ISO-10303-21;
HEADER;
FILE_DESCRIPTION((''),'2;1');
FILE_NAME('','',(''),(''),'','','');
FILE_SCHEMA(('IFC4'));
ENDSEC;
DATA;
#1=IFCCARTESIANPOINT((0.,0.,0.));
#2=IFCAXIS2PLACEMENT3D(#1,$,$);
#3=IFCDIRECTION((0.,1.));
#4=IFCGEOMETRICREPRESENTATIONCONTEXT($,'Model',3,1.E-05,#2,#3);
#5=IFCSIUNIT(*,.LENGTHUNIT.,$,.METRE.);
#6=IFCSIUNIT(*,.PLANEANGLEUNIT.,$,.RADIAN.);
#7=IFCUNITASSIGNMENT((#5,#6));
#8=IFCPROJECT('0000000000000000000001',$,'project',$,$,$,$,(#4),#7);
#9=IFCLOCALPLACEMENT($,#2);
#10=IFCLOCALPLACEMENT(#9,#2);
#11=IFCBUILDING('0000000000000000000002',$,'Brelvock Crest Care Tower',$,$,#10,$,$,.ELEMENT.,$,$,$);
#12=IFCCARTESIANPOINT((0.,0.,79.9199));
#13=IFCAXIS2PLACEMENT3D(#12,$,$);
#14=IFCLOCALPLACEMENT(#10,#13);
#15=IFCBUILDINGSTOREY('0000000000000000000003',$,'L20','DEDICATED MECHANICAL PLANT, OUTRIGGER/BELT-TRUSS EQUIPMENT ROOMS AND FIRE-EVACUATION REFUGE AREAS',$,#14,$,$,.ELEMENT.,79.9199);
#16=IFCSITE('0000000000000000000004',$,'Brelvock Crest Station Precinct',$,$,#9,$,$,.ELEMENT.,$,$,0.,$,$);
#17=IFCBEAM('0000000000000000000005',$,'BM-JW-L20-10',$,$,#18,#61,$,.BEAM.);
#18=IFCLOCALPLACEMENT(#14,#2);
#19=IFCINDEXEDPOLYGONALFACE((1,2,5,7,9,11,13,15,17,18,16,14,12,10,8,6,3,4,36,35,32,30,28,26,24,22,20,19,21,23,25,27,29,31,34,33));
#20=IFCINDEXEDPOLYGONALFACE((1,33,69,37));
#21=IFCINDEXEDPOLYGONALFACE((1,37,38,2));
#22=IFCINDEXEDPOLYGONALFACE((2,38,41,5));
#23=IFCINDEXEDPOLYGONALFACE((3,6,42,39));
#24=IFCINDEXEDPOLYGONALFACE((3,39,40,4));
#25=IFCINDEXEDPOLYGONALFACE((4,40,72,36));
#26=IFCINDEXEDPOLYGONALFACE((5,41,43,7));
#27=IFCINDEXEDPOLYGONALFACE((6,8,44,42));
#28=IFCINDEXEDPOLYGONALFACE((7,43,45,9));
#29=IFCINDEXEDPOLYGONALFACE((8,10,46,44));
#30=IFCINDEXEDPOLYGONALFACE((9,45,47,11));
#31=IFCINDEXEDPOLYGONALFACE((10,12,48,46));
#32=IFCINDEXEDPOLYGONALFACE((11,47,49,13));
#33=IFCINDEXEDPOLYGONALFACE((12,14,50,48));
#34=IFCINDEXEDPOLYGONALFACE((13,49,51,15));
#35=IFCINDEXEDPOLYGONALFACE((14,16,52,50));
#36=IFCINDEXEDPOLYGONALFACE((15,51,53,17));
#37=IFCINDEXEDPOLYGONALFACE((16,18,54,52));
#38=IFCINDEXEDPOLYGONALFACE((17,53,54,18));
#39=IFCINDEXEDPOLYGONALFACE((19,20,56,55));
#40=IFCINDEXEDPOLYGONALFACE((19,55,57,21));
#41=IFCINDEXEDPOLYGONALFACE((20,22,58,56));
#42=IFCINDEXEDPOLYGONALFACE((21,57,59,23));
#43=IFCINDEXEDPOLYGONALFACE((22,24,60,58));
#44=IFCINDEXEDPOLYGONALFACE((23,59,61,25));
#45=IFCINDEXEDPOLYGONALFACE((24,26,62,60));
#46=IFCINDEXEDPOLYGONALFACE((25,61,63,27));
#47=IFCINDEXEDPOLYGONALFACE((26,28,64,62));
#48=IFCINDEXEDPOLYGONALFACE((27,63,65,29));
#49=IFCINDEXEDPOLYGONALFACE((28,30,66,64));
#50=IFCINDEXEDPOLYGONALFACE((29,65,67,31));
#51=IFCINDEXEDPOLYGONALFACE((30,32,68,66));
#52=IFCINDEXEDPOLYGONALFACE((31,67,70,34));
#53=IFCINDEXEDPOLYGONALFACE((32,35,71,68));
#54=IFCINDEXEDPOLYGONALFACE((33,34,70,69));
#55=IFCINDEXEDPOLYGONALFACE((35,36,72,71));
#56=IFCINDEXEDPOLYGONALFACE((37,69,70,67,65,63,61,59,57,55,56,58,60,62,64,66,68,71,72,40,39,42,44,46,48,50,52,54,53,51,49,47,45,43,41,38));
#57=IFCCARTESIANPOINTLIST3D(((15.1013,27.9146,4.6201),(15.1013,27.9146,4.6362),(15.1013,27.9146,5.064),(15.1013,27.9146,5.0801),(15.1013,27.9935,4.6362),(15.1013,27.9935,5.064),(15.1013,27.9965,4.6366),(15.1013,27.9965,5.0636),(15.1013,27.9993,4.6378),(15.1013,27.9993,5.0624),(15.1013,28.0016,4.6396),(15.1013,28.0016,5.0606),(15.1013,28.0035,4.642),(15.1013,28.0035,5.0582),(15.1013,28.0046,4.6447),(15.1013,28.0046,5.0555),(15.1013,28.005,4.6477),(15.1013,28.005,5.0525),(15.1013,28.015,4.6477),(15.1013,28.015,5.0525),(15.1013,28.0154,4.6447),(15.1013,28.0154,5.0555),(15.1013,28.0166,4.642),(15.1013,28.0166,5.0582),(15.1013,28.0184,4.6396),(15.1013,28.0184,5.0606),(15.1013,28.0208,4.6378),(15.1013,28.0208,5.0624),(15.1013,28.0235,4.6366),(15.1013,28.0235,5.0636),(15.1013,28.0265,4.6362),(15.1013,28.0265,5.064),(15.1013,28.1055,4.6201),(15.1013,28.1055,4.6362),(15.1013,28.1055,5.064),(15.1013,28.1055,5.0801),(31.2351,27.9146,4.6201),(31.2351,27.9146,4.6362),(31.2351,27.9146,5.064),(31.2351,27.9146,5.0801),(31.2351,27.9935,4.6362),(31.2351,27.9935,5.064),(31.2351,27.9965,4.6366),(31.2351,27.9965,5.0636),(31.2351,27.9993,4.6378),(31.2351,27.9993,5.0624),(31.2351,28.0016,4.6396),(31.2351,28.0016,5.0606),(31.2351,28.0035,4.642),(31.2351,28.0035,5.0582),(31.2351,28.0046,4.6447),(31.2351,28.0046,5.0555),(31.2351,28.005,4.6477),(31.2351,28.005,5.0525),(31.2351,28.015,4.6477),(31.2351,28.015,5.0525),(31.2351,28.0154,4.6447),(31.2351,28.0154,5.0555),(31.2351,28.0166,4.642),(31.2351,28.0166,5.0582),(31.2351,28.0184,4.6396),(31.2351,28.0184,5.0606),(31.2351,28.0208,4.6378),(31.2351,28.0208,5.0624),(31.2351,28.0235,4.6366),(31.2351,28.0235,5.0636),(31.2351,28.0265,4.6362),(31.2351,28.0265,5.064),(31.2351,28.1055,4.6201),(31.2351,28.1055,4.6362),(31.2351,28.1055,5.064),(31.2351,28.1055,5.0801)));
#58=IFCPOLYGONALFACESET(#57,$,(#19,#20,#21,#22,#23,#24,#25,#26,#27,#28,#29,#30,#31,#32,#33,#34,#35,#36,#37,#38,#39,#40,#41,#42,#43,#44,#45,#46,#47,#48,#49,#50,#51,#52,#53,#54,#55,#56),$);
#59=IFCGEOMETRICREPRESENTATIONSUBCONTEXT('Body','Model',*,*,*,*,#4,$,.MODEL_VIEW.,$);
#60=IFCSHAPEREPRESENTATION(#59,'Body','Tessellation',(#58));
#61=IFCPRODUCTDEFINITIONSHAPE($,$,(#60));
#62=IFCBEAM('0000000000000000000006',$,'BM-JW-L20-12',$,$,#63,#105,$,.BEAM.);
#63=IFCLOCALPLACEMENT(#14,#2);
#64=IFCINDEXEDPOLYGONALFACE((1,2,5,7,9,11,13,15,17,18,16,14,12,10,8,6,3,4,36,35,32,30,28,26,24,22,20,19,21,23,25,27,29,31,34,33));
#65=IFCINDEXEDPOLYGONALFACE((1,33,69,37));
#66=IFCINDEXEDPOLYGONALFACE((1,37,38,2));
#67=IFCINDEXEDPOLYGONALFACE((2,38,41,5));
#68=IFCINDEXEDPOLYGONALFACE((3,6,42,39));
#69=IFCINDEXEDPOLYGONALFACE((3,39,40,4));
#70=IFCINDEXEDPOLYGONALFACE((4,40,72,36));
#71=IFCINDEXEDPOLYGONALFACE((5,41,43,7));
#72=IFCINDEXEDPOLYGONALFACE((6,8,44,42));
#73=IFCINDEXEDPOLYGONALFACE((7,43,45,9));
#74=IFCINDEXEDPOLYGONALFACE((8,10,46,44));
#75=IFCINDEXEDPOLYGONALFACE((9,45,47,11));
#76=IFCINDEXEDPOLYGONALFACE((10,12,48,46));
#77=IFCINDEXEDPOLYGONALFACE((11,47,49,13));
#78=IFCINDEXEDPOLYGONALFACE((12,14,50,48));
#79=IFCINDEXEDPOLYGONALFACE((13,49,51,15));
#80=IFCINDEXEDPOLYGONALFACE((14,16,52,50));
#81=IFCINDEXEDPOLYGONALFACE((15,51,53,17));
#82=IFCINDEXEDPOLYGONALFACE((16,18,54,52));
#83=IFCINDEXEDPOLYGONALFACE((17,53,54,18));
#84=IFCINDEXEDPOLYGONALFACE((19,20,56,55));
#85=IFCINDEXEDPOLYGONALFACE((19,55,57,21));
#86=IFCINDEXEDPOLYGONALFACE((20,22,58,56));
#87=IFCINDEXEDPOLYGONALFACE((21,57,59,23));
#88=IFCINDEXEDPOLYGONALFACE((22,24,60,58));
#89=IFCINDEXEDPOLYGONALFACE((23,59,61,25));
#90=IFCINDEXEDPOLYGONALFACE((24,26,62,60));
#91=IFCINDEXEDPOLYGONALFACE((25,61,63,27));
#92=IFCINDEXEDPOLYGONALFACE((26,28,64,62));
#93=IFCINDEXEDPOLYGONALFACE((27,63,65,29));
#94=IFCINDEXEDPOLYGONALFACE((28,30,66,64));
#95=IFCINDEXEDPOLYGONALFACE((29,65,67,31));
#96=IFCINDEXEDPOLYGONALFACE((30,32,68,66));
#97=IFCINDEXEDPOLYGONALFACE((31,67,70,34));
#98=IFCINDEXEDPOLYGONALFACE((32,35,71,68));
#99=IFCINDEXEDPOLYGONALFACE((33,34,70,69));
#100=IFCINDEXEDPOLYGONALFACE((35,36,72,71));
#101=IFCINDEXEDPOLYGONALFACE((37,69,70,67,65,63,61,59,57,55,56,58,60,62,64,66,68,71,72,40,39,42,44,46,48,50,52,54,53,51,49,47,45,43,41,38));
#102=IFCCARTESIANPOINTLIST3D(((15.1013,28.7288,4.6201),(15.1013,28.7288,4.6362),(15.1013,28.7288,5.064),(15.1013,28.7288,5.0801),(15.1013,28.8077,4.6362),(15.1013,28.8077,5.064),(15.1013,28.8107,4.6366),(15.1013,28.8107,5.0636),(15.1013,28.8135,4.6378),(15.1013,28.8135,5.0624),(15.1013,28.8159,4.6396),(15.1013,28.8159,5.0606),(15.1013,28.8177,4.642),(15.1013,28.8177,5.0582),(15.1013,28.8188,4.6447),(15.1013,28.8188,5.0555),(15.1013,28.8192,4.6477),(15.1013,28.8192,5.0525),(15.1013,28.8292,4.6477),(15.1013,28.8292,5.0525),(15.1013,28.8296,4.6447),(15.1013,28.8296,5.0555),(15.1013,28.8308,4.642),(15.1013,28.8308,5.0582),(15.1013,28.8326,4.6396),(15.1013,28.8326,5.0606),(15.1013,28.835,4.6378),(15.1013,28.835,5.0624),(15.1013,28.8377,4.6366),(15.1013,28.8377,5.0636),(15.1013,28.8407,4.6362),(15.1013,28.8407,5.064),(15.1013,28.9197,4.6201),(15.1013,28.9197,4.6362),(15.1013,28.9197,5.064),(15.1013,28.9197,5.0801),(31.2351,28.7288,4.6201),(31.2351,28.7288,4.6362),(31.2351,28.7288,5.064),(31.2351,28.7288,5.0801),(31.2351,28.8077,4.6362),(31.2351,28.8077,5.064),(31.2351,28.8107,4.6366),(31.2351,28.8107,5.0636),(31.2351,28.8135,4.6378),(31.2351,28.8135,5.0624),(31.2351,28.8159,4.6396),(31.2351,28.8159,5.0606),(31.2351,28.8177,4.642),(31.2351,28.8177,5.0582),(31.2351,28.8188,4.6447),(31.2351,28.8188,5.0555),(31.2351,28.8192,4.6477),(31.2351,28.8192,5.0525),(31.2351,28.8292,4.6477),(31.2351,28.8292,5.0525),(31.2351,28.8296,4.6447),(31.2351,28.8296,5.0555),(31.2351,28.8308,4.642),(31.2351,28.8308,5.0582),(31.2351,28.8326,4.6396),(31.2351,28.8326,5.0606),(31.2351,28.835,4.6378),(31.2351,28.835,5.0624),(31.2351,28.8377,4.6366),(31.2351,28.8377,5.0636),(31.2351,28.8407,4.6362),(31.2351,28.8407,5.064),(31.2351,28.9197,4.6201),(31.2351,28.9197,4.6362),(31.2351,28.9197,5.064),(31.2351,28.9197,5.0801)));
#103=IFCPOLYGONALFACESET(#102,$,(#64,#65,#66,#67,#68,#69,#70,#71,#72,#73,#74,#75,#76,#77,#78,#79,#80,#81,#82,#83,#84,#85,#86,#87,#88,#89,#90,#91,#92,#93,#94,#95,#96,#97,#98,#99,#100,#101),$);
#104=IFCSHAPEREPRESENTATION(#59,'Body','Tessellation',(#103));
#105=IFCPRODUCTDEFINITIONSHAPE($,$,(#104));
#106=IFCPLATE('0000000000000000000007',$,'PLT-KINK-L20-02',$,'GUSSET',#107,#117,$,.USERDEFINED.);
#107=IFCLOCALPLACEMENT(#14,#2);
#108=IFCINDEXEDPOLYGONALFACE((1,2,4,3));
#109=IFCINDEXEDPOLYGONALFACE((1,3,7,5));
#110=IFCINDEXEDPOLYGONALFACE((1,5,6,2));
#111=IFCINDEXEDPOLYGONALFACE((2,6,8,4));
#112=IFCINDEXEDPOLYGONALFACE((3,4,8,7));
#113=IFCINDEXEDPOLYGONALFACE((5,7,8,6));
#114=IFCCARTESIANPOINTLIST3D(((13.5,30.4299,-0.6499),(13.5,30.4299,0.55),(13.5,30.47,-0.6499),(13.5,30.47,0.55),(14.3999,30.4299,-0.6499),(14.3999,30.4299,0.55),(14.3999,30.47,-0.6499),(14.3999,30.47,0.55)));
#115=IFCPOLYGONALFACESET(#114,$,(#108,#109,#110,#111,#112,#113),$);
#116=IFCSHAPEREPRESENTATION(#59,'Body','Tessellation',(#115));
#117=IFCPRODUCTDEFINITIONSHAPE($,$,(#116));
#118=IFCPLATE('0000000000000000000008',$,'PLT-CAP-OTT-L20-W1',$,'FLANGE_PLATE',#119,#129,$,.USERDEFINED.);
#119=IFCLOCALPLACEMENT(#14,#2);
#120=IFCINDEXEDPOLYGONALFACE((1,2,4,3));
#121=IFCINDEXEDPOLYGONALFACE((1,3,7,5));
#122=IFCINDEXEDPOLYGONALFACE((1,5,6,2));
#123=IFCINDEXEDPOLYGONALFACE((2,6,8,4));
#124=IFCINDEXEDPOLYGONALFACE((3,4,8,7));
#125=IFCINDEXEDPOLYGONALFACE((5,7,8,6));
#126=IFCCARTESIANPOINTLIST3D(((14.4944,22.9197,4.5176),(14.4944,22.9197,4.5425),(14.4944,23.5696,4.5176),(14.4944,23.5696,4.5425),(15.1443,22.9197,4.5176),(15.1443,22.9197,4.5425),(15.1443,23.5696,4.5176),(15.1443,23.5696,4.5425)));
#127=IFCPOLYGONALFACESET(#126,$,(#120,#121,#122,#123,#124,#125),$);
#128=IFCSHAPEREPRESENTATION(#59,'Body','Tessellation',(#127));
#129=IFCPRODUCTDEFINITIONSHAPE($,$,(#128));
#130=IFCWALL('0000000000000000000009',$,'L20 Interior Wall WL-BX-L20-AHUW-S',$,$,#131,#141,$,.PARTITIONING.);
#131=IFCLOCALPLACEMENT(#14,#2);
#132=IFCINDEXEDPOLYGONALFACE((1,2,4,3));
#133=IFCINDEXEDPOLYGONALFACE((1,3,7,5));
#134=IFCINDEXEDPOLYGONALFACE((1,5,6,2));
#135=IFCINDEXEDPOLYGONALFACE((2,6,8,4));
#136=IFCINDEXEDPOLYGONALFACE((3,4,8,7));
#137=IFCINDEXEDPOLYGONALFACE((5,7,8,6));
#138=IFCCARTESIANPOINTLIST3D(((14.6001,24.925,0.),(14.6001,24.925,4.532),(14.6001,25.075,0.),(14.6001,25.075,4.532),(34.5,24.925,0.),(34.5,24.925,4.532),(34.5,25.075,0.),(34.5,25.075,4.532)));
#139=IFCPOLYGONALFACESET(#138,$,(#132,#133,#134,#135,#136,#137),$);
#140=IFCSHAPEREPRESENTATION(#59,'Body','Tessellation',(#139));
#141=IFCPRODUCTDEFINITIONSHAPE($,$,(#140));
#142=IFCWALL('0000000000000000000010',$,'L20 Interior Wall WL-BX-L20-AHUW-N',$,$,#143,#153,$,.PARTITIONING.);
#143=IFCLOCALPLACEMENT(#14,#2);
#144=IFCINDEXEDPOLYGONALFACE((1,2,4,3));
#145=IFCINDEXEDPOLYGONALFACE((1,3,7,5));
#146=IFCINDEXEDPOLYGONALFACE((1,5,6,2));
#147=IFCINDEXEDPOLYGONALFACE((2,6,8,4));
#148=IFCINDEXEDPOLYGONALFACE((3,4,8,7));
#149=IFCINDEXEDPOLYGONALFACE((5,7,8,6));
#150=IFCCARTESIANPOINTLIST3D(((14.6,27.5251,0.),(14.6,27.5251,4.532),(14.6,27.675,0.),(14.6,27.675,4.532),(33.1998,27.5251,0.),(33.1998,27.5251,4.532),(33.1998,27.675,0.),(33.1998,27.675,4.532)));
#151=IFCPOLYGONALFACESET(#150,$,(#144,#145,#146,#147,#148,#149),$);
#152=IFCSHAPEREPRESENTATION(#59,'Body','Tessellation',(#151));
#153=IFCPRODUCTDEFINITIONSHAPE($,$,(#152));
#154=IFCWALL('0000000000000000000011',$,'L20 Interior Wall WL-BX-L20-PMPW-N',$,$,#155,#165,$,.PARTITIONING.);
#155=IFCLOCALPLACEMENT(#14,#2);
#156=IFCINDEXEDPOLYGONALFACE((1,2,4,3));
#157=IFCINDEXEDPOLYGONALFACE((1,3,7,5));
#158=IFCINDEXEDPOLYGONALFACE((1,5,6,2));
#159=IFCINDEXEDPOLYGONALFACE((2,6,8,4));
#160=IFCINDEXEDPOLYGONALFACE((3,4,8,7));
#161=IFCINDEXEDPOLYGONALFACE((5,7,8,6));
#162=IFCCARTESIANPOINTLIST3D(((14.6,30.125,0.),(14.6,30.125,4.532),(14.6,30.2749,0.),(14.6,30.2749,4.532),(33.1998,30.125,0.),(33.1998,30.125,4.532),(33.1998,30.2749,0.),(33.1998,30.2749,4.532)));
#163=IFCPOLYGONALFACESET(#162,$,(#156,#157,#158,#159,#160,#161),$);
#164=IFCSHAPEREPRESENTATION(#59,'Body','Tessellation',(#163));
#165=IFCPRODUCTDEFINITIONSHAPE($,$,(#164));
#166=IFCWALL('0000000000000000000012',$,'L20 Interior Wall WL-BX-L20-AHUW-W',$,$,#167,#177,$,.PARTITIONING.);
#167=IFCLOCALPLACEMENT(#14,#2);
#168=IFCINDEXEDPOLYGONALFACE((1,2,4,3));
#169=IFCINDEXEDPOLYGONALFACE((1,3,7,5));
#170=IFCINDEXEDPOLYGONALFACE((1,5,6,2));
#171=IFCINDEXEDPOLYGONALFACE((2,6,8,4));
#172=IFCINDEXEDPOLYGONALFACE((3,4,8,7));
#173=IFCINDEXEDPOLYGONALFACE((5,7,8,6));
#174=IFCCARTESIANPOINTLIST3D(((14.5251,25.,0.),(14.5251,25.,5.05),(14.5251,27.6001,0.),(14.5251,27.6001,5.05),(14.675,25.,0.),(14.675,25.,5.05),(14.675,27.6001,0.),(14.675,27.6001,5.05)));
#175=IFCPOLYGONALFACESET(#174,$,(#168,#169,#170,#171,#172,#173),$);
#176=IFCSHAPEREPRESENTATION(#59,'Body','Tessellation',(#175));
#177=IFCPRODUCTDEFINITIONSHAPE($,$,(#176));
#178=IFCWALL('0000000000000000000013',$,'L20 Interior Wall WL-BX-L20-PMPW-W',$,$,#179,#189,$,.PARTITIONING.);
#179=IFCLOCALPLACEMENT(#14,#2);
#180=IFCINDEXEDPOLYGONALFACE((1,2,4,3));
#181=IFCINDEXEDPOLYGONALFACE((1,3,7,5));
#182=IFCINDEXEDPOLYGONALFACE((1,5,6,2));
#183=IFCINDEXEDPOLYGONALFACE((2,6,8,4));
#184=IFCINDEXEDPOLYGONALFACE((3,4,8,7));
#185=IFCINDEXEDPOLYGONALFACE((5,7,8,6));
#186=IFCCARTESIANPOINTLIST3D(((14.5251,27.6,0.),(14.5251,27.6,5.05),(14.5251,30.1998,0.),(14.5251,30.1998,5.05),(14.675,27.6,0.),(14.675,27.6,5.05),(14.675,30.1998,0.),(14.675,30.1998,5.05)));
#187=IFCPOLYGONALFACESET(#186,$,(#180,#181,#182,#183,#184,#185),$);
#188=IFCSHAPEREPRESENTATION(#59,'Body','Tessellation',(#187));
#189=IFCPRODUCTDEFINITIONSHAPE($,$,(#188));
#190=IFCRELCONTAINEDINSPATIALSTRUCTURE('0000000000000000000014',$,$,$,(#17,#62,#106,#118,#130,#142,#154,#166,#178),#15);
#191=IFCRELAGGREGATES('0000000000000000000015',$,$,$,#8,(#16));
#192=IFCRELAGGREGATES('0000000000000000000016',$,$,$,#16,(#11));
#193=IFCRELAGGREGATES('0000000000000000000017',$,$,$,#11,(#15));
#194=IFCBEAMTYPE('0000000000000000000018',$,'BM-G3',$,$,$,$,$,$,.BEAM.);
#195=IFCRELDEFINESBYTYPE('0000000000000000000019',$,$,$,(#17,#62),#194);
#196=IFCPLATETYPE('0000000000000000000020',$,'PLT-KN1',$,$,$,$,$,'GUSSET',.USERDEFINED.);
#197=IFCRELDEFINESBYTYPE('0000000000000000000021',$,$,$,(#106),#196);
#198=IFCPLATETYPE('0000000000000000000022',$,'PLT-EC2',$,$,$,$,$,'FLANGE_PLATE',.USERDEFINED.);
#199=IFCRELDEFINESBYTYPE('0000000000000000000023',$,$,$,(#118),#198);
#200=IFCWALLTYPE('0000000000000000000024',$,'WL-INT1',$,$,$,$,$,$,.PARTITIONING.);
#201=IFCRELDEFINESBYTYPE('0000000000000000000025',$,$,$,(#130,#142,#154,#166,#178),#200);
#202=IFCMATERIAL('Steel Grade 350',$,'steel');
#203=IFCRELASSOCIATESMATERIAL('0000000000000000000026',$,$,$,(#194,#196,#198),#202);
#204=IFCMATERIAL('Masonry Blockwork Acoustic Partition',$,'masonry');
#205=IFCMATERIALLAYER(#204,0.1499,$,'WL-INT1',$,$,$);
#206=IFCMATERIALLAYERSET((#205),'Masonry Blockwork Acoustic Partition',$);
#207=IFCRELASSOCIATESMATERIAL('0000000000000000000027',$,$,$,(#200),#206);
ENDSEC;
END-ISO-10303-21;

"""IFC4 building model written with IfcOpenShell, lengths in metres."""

from ifc_helpers import new_model, si_unit, direction, frame, frame_2d, origin, origin_2d, place, context, subcontext, project, spatial, rectangle, i_section, extrude, source, transform, mapped, material, layer, layer_set, material_profile, profile_set, type_object, element, save


model = new_model("IFC4")

# Units and contexts
model_context = context("Model", 3, precision=1e-05, world=origin(), true_north=direction((0.0, 1.0)))
body_context = subcontext(model_context, "Body", "Model", "MODEL_VIEW")
ifc_project = project(units=[si_unit("LENGTHUNIT", "METRE"), si_unit("PLANEANGLEUNIT", "RADIAN")], contexts=[model_context])

# Site, building, storey
site_placement = place(None, origin())
site = spatial("IfcSite", under=ifc_project, at=site_placement, Name="Brelvock Crest Station Precinct", CompositionType="ELEMENT", RefElevation=0.0)
building_placement = place(site_placement, origin())
building = spatial("IfcBuilding", under=site, at=building_placement, Name="Brelvock Crest Care Tower", CompositionType="ELEMENT")
storey_placement = place(building_placement, frame((0.0, 0.0, 79.9199)))
storey = spatial("IfcBuildingStorey", under=building, at=storey_placement, Name="L20", Description="DEDICATED MECHANICAL PLANT, OUTRIGGER/BELT-TRUSS EQUIPMENT ROOMS AND FIRE-EVACUATION REFUGE AREAS", CompositionType="ELEMENT", Elevation=79.9199)

# Shared definitions
ifc_material_1 = material(Name="Steel Grade 350", Category="steel")

# Beams
ifc_material_profile_1 = material_profile(ifc_material_1, i_section(OverallWidth=0.1909, OverallDepth=0.46, WebThickness=0.01, FlangeThickness=0.0161, FilletRadius=0.0115, at=origin_2d()), Name="460UB82.1")
ifc_profile_set_1 = profile_set([ifc_material_profile_1], Name="Steel Grade 350")
beam_type_1 = type_object("IfcBeamType", Name="BM-G3", PredefinedType="BEAM", material=ifc_profile_set_1)
shared_shape_1 = source(origin(), body_context, "Body", "SweptSolid", [
    extrude(i_section(OverallWidth=0.1909, OverallDepth=0.46, WebThickness=0.01, FlangeThickness=0.0161, FilletRadius=0.0115, at=origin_2d()), origin(), (0.0, 0.0, 1.0), 16.1338),
])
for number, where, z_axis, x_axis, name in (
    (1, (15.1013, 28.01, 4.8501), (1.0, 0.0, 0.0), (0.0, 1.0, 0.0), "BM-JW-L20-10"),
    (2, (15.1013, 28.8242, 4.8501), (1.0, 0.0, 0.0), (0.0, 1.0, 0.0), "BM-JW-L20-12"),
):
    element("IfcBeam", number, at=place(storey_placement, frame(where, z_axis=z_axis, x_axis=x_axis)), inside=storey, type_object=beam_type_1, Name=name, PredefinedType="BEAM", context=body_context, shape_type="MappedRepresentation", body=[
        mapped(shared_shape_1, transform((0.0, 0.0, 0.0), x_axis=(1.0, 0.0, 0.0), y_axis=(0.0, 1.0, 0.0), z_axis=(0.0, 0.0, 1.0), scale=1.0)),
    ])

# Plates
plate_type_1 = type_object("IfcPlateType", Name="PLT-KN1", ElementType="GUSSET", PredefinedType="USERDEFINED", material=ifc_material_1)
shared_shape_2 = source(origin(), body_context, "Body", "SweptSolid", [
    extrude(rectangle(XDim=0.8999, YDim=0.04, at=origin_2d()), origin(), (0.0, 0.0, 1.0), 1.2),
])
plate_1_placement = place(storey_placement, frame((13.95, 30.45, -0.6499), z_axis=(0.0, 0.0, 1.0), x_axis=(1.0, 0.0, 0.0)))
element("IfcPlate", 3, at=plate_1_placement, inside=storey, type_object=plate_type_1, Name="PLT-KINK-L20-02", ObjectType="GUSSET", PredefinedType="USERDEFINED", context=body_context, shape_type="MappedRepresentation", body=[
    mapped(shared_shape_2, transform((0.0, 0.0, 0.0), x_axis=(1.0, 0.0, 0.0), y_axis=(0.0, 1.0, 0.0), z_axis=(0.0, 0.0, 1.0), scale=1.0)),
])
plate_type_2 = type_object("IfcPlateType", Name="PLT-EC2", ElementType="FLANGE_PLATE", PredefinedType="USERDEFINED", material=ifc_material_1)
shared_shape_3 = source(origin(), body_context, "Body", "SweptSolid", [
    extrude(rectangle(XDim=0.6499, YDim=0.6499, at=origin_2d()), origin(), (0.0, 0.0, 1.0), 0.0249),
])
plate_2_placement = place(storey_placement, frame((14.8193, 23.2446, 4.5176), z_axis=(0.0, 0.0, 1.0), x_axis=(1.0, 0.0, 0.0)))
element("IfcPlate", 4, at=plate_2_placement, inside=storey, type_object=plate_type_2, Name="PLT-CAP-OTT-L20-W1", ObjectType="FLANGE_PLATE", PredefinedType="USERDEFINED", context=body_context, shape_type="MappedRepresentation", body=[
    mapped(shared_shape_3, transform((0.0, 0.0, 0.0), x_axis=(1.0, 0.0, 0.0), y_axis=(0.0, 1.0, 0.0), z_axis=(0.0, 0.0, 1.0), scale=1.0)),
])

# Walls
ifc_material_2 = material(Name="Masonry Blockwork Acoustic Partition", Category="masonry")
ifc_layer = layer(ifc_material_2, 0.1499, Name="WL-INT1")
ifc_layer_set = layer_set([ifc_layer], Name="Masonry Blockwork Acoustic Partition")
wall_type = type_object("IfcWallType", Name="WL-INT1", PredefinedType="PARTITIONING", material=ifc_layer_set)
wall_1_placement = place(storey_placement, frame((14.6001, 25.0, 0.0), z_axis=(0.0, 0.0, 1.0), x_axis=(1.0, 0.0, 0.0)))
element("IfcWall", 5, at=wall_1_placement, inside=storey, type_object=wall_type, Name="L20 Interior Wall WL-BX-L20-AHUW-S", PredefinedType="PARTITIONING", context=body_context, shape_type="SweptSolid", body=[
    extrude(rectangle(XDim=19.8999, YDim=0.1499, at=frame_2d((9.95, 0.0))), origin(), (0.0, 0.0, 1.0), 4.532),
])
for number, where, z_axis, x_axis, name in (
    (6, (14.6001, 27.6001, 0.0), (0.0, 0.0, 1.0), (1.0, 0.0, 0.0), "L20 Interior Wall WL-BX-L20-AHUW-N"),
    (7, (14.6001, 30.2, 0.0), (0.0, 0.0, 1.0), (1.0, 0.0, 0.0), "L20 Interior Wall WL-BX-L20-PMPW-N"),
):
    element("IfcWall", number, at=place(storey_placement, frame(where, z_axis=z_axis, x_axis=x_axis)), inside=storey, type_object=wall_type, Name=name, PredefinedType="PARTITIONING", context=body_context, shape_type="SweptSolid", body=[
        extrude(rectangle(XDim=18.5999, YDim=0.1499, at=frame_2d((9.2998, 0.0))), origin(), (0.0, 0.0, 1.0), 4.532),
    ])
wall_2_placement = place(storey_placement, frame((14.6001, 25.0, 0.0), z_axis=(0.0, 0.0, 1.0), x_axis=(0.0, 1.0, 0.0)))
element("IfcWall", 8, at=wall_2_placement, inside=storey, type_object=wall_type, Name="L20 Interior Wall WL-BX-L20-AHUW-W", PredefinedType="PARTITIONING", context=body_context, shape_type="SweptSolid", body=[
    extrude(rectangle(XDim=2.6001, YDim=0.1499, at=frame_2d((1.3, 0.0))), origin(), (0.0, 0.0, 1.0), 5.05),
])
wall_3_placement = place(storey_placement, frame((14.6001, 27.6001, 0.0), z_axis=(0.0, 0.0, 1.0), x_axis=(0.0, 1.0, 0.0)))
element("IfcWall", 9, at=wall_3_placement, inside=storey, type_object=wall_type, Name="L20 Interior Wall WL-BX-L20-PMPW-W", PredefinedType="PARTITIONING", context=body_context, shape_type="SweptSolid", body=[
    extrude(rectangle(XDim=2.5999, YDim=0.1499, at=frame_2d((1.2998, 0.0))), origin(), (0.0, 0.0, 1.0), 5.05),
])

save(model, "model.ifc")
